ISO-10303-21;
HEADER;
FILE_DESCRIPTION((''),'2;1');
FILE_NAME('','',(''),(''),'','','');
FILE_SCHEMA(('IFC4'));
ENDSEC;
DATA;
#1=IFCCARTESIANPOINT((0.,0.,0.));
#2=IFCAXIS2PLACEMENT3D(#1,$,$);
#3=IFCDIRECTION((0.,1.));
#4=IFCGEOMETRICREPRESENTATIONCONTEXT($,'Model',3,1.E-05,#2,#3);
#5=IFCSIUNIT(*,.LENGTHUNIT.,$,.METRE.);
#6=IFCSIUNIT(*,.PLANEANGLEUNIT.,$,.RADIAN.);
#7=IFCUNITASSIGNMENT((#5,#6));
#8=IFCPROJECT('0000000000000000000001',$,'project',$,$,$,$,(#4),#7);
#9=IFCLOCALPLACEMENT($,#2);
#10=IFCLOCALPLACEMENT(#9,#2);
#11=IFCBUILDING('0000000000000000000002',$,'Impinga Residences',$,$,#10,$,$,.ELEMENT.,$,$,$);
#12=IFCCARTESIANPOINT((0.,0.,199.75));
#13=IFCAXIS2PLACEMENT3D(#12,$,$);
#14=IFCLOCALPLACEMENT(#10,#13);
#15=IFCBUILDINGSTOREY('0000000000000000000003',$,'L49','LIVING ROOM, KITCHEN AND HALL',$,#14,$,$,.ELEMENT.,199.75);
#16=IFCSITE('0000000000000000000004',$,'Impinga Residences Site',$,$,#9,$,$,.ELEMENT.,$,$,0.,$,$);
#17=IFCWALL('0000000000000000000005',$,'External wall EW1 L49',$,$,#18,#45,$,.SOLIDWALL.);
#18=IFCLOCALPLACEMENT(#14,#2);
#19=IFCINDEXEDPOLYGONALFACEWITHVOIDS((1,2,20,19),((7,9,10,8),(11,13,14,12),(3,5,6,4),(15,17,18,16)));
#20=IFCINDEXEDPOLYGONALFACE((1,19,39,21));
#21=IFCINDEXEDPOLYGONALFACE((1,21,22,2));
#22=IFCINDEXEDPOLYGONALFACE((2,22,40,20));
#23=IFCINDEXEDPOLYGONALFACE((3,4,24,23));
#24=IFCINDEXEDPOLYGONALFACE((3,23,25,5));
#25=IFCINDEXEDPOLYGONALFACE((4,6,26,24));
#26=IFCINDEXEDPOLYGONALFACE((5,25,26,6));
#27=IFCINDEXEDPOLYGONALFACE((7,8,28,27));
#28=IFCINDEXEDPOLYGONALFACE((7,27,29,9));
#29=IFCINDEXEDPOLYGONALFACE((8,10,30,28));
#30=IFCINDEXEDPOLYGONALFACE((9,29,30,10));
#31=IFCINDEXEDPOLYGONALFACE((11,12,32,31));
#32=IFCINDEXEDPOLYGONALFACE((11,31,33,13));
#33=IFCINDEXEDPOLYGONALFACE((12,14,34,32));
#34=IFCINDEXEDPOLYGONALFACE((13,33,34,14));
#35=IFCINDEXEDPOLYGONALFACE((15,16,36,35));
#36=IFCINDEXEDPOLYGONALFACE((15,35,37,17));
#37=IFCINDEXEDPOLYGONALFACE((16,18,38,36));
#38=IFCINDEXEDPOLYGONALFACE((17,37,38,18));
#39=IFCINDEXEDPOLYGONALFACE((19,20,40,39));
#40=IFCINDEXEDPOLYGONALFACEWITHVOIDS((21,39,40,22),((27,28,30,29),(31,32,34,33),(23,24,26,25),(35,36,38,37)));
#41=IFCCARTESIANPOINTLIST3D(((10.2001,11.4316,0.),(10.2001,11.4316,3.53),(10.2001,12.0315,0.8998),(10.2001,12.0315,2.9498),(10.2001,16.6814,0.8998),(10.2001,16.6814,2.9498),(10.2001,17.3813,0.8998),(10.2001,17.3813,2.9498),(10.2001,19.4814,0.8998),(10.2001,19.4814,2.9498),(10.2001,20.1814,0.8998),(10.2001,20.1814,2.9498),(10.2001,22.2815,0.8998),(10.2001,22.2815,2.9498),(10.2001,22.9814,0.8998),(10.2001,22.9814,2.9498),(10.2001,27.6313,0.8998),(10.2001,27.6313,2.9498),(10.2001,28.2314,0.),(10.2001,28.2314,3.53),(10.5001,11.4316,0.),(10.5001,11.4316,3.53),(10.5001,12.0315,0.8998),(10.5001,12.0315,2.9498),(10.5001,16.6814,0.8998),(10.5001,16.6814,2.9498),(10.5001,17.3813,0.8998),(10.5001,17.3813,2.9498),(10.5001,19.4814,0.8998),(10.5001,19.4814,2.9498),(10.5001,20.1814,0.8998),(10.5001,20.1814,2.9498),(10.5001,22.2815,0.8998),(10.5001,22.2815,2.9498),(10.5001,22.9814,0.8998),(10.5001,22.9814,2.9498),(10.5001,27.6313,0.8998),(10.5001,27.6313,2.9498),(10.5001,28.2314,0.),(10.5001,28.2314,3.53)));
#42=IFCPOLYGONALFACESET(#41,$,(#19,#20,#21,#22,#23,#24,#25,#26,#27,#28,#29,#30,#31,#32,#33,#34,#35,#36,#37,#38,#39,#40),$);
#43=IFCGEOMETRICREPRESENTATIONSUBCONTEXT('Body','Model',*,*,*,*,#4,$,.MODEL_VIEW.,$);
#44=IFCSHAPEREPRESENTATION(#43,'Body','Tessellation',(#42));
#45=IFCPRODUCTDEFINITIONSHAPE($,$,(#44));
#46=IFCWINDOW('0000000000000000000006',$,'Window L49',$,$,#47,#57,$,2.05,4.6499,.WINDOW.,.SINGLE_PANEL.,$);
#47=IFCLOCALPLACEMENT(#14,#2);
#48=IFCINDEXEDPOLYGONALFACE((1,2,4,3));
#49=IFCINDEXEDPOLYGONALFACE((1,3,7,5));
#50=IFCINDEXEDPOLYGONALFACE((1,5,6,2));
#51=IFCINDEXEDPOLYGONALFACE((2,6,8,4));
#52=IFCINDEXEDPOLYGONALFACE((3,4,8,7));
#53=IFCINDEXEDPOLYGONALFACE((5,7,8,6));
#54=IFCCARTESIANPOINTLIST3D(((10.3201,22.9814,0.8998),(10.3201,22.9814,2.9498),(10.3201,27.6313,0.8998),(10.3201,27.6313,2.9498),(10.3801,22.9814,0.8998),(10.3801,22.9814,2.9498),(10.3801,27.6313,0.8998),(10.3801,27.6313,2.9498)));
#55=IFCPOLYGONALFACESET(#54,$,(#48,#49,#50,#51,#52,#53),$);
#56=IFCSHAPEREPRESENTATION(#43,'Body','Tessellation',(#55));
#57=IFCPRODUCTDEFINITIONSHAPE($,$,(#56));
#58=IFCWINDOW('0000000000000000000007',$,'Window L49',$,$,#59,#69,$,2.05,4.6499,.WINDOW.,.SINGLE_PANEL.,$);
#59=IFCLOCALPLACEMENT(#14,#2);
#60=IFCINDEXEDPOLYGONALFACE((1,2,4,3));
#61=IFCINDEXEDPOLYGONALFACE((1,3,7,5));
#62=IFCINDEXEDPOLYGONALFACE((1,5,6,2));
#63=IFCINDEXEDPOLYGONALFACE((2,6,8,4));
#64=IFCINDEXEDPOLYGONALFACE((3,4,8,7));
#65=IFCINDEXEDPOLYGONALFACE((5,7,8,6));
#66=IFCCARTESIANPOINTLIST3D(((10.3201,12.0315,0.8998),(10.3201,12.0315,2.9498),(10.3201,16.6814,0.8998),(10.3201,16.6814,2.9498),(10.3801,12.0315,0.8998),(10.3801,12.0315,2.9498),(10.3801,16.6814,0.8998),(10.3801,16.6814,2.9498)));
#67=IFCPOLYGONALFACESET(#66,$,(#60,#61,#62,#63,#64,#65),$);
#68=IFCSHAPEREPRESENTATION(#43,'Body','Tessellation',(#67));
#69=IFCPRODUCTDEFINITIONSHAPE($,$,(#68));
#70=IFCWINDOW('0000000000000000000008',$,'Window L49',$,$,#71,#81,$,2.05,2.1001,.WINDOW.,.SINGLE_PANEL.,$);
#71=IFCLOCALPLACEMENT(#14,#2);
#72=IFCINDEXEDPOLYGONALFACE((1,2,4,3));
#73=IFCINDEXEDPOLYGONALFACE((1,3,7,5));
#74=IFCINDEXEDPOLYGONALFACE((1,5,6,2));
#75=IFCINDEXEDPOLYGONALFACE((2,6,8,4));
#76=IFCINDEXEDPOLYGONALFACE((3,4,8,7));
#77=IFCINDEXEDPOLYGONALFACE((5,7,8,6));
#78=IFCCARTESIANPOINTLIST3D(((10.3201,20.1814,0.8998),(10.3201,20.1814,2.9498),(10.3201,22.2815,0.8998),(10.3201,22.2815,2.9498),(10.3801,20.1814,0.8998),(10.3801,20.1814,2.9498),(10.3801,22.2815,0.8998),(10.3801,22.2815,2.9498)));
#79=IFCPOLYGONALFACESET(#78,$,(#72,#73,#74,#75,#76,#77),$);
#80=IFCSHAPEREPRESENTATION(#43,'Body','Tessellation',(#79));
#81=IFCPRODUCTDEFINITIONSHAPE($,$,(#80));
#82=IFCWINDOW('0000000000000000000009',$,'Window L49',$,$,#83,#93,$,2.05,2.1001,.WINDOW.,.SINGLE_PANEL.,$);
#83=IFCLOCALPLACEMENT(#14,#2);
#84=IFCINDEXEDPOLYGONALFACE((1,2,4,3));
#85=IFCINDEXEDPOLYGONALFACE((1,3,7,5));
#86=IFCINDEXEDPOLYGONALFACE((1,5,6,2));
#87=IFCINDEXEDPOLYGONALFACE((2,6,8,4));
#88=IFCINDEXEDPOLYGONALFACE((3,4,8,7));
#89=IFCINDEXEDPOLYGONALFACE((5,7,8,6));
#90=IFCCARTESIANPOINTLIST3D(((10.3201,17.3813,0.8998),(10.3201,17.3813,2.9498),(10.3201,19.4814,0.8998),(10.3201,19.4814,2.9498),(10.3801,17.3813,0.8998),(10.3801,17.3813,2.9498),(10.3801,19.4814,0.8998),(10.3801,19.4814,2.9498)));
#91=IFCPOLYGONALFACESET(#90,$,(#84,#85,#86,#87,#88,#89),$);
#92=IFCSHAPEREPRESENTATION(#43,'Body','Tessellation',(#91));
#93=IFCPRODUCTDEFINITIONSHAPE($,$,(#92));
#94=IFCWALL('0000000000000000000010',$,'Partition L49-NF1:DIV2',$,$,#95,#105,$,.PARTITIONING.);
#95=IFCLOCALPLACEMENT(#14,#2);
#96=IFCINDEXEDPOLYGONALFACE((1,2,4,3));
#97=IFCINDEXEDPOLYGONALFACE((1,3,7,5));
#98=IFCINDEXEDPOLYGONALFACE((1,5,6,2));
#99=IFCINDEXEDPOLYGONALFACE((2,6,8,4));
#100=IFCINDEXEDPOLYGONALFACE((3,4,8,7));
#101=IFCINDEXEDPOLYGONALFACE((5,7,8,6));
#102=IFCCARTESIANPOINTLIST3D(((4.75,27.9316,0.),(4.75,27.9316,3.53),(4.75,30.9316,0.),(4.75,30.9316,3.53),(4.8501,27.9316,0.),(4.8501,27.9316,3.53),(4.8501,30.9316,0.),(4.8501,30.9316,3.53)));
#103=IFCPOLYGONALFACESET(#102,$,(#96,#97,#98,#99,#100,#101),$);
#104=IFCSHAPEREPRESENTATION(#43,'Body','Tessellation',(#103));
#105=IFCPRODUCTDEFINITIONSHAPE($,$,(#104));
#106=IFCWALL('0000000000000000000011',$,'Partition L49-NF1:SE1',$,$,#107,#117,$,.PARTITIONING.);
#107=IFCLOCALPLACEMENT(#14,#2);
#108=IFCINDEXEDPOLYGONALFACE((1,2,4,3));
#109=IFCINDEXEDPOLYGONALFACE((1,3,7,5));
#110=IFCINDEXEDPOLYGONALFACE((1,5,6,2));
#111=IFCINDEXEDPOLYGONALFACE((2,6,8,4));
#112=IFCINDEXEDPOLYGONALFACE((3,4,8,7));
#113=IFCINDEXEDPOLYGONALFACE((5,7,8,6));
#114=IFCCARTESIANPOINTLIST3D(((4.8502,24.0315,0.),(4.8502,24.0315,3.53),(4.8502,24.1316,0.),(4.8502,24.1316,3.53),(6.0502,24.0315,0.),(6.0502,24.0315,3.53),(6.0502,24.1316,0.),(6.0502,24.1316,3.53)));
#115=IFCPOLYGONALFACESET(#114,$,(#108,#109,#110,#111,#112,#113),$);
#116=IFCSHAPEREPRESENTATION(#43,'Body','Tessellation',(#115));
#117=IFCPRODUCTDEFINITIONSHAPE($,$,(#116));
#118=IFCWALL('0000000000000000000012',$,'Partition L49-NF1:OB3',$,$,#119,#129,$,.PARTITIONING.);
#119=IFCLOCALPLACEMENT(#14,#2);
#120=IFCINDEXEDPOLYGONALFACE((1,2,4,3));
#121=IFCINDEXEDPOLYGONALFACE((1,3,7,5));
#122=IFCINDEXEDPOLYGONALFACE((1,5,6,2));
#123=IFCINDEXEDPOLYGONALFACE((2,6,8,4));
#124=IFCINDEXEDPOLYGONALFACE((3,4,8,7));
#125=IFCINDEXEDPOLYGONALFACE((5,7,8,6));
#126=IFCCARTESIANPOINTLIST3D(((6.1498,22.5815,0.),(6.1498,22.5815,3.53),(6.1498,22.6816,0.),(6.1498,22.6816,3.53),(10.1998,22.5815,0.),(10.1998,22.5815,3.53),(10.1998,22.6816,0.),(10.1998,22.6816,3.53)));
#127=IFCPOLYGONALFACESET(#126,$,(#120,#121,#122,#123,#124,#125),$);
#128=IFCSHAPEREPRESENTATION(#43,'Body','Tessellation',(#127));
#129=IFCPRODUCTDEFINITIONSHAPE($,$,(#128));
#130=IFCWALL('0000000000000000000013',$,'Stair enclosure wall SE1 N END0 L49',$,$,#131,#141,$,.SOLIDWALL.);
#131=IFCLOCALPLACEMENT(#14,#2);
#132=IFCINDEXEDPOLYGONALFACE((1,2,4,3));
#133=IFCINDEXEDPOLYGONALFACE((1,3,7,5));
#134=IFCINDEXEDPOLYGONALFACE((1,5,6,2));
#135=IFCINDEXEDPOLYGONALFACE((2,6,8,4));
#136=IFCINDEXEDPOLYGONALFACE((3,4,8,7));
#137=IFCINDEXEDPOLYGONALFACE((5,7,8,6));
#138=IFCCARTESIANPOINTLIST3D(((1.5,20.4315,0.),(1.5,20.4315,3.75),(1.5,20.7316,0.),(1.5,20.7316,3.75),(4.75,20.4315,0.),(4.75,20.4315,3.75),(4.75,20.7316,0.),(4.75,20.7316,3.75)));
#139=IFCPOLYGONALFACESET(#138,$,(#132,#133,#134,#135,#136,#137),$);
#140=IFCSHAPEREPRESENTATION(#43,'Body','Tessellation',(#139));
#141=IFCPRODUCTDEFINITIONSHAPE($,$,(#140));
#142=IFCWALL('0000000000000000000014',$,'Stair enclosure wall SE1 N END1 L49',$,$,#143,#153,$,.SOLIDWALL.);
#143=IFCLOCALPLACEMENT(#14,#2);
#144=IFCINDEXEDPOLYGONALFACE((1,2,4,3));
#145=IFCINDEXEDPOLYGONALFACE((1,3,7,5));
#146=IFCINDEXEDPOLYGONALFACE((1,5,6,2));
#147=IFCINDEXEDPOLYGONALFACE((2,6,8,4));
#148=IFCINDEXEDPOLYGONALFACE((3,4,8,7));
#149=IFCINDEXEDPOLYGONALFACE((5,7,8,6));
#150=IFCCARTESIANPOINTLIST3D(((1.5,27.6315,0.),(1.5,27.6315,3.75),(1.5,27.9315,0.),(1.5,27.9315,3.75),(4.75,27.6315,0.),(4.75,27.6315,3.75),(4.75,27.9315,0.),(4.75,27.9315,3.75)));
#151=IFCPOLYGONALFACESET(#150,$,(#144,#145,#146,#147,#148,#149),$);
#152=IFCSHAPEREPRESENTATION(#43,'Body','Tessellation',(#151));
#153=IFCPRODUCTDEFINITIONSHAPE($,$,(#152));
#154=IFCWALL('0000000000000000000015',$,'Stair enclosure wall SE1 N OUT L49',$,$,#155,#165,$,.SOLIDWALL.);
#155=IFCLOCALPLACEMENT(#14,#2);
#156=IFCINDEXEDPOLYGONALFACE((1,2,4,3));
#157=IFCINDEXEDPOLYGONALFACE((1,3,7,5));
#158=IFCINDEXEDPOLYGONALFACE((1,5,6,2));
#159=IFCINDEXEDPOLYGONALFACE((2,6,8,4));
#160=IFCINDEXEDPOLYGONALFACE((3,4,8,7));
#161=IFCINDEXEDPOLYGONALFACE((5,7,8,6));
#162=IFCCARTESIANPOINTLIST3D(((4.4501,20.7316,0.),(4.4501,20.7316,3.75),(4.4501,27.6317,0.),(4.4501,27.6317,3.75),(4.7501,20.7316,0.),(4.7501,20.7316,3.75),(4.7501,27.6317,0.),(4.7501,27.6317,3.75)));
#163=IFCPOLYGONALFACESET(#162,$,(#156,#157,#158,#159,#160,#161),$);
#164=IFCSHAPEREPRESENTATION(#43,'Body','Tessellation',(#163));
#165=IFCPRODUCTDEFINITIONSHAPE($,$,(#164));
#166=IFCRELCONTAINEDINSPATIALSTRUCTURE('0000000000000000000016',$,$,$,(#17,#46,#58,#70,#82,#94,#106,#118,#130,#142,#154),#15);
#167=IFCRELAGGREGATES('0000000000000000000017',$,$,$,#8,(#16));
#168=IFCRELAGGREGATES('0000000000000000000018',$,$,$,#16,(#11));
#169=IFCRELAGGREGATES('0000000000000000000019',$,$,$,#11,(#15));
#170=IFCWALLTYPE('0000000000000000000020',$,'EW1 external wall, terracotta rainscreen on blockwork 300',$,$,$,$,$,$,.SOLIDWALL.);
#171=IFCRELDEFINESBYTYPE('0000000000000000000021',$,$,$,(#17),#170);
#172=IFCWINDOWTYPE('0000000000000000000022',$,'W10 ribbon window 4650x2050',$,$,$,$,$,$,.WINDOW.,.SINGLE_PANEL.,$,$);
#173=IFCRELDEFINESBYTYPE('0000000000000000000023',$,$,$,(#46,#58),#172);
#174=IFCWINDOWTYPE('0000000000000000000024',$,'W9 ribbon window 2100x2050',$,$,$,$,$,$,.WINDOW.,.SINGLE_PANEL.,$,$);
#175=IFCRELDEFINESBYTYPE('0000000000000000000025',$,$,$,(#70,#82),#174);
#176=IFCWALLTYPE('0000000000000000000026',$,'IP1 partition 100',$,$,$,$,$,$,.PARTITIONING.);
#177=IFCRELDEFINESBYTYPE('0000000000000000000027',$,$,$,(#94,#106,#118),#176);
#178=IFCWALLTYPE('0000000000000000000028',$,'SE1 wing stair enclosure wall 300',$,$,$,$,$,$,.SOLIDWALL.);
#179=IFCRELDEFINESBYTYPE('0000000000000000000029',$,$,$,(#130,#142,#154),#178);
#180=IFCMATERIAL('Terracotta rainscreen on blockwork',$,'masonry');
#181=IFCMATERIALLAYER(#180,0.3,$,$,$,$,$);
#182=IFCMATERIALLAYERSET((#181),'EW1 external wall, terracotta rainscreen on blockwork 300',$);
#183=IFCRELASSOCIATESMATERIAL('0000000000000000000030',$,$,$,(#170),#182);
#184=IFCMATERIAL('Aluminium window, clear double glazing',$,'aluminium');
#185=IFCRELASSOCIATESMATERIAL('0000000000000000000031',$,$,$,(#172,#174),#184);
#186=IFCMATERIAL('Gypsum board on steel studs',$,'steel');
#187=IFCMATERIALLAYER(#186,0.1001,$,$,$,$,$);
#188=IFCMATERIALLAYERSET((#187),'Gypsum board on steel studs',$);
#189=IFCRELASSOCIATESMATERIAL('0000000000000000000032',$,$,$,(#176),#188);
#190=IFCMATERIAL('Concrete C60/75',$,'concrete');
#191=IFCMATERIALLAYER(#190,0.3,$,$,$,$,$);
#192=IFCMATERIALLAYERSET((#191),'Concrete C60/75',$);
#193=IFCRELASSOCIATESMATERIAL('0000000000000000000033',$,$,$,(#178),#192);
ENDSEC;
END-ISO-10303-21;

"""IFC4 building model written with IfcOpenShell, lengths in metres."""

from ifc_helpers import new_model, si_unit, direction, frame, frame_2d, origin, place, context, subcontext, project, spatial, rectangle, extrude, material, layer, layer_set, type_object, element, fill, save


model = new_model("IFC4")

# Units and contexts
model_context = context("Model", 3, precision=1e-05, world=origin(), true_north=direction((0.0, 1.0)))
body_context = subcontext(model_context, "Body", "Model", "MODEL_VIEW")
ifc_project = project(units=[si_unit("LENGTHUNIT", "METRE"), si_unit("PLANEANGLEUNIT", "RADIAN")], contexts=[model_context])

# Site, building, storey
site_placement = place(None, origin())
site = spatial("IfcSite", under=ifc_project, at=site_placement, Name="Impinga Residences Site", CompositionType="ELEMENT", RefElevation=0.0)
building_placement = place(site_placement, origin())
building = spatial("IfcBuilding", under=site, at=building_placement, Name="Impinga Residences", CompositionType="ELEMENT")
storey_placement = place(building_placement, frame((0.0, 0.0, 199.75)))
storey = spatial("IfcBuildingStorey", under=building, at=storey_placement, Name="L49", Description="LIVING ROOM, KITCHEN AND HALL", CompositionType="ELEMENT", Elevation=199.75)

# Shared definitions
ifc_material_1 = material(Name="Concrete C60/75", Category="concrete")

# Shared definitions
ifc_material_2 = material(Name="Terracotta rainscreen on blockwork", Category="masonry")
ifc_layer_1 = layer(ifc_material_2, 0.3)
ifc_layer_set_1 = layer_set([ifc_layer_1], Name="EW1 external wall, terracotta rainscreen on blockwork 300")
wall_type_1 = type_object("IfcWallType", Name="EW1 external wall, terracotta rainscreen on blockwork 300", PredefinedType="SOLIDWALL", material=ifc_layer_set_1)

# Wall, openings, windows
wall_1_placement = place(storey_placement, frame((10.3501, 28.2314, 0.0), z_axis=(0.0, 0.0, 1.0), x_axis=(0.0, -1.0, 0.0)))
wall_1 = element("IfcWall", 1, at=wall_1_placement, inside=storey, type_object=wall_type_1, Name="External wall EW1 L49", PredefinedType="SOLIDWALL", context=body_context, shape_type="SweptSolid", body=[
    extrude(rectangle(XDim=16.7998, YDim=0.3, at=frame_2d((8.3999, 0.0))), origin(), (0.0, 0.0, 1.0), 3.53),
])
opening_1_placement = place(wall_1_placement, frame((0.6001, 0.0, 0.8999)))
opening_1 = element("IfcOpeningElement", 2, at=opening_1_placement, cuts=wall_1, PredefinedType="OPENING", context=body_context, shape_type="SweptSolid", body=[
    extrude(rectangle(XDim=4.6499, YDim=2.05, at=frame_2d((2.325, 1.0249))), frame((0.0, 0.1599, 0.0), z_axis=(0.0, -1.0, 0.0), x_axis=(1.0, 0.0, 0.0)), (0.0, 0.0, 1.0), 0.3201),
])
opening_2_placement = place(wall_1_placement, frame((5.95, 0.0, 0.8999)))
opening_2 = element("IfcOpeningElement", 3, at=opening_2_placement, cuts=wall_1, PredefinedType="OPENING", context=body_context, shape_type="SweptSolid", body=[
    extrude(rectangle(XDim=2.1001, YDim=2.05, at=frame_2d((1.05, 1.0249))), frame((0.0, 0.1599, 0.0), z_axis=(0.0, -1.0, 0.0), x_axis=(1.0, 0.0, 0.0)), (0.0, 0.0, 1.0), 0.3201),
])
opening_3_placement = place(wall_1_placement, frame((8.75, 0.0, 0.8999)))
opening_3 = element("IfcOpeningElement", 4, at=opening_3_placement, cuts=wall_1, PredefinedType="OPENING", context=body_context, shape_type="SweptSolid", body=[
    extrude(rectangle(XDim=2.1001, YDim=2.05, at=frame_2d((1.05, 1.0249))), frame((0.0, 0.1599, 0.0), z_axis=(0.0, -1.0, 0.0), x_axis=(1.0, 0.0, 0.0)), (0.0, 0.0, 1.0), 0.3201),
])
opening_4_placement = place(wall_1_placement, frame((11.55, 0.0, 0.8999)))
opening_4 = element("IfcOpeningElement", 5, at=opening_4_placement, cuts=wall_1, PredefinedType="OPENING", context=body_context, shape_type="SweptSolid", body=[
    extrude(rectangle(XDim=4.6499, YDim=2.05, at=frame_2d((2.325, 1.0249))), frame((0.0, 0.1599, 0.0), z_axis=(0.0, -1.0, 0.0), x_axis=(1.0, 0.0, 0.0)), (0.0, 0.0, 1.0), 0.3201),
])
ifc_material_3 = material(Name="Aluminium window, clear double glazing", Category="aluminium")
window_type_1 = type_object("IfcWindowType", Name="W10 ribbon window 4650x2050", PartitioningType="SINGLE_PANEL", PredefinedType="WINDOW", material=ifc_material_3)
window_1_placement = place(opening_1_placement, origin())
window_1 = element("IfcWindow", 6, at=window_1_placement, inside=storey, type_object=window_type_1, Name="Window L49", OverallHeight=2.05, OverallWidth=4.6499, PartitioningType="SINGLE_PANEL", PredefinedType="WINDOW", context=body_context, shape_type="SweptSolid", body=[
    extrude(rectangle(XDim=4.6499, YDim=2.05, at=frame_2d((2.325, 1.0249))), frame((0.0, 0.03, 0.0), z_axis=(0.0, -1.0, 0.0), x_axis=(1.0, 0.0, 0.0)), (0.0, 0.0, 1.0), 0.0601),
])
fill(opening_1, window_1)
window_2_placement = place(opening_4_placement, origin())
window_2 = element("IfcWindow", 7, at=window_2_placement, inside=storey, type_object=window_type_1, Name="Window L49", OverallHeight=2.05, OverallWidth=4.6499, PartitioningType="SINGLE_PANEL", PredefinedType="WINDOW", context=body_context, shape_type="SweptSolid", body=[
    extrude(rectangle(XDim=4.6499, YDim=2.05, at=frame_2d((2.325, 1.0249))), frame((0.0, 0.03, 0.0), z_axis=(0.0, -1.0, 0.0), x_axis=(1.0, 0.0, 0.0)), (0.0, 0.0, 1.0), 0.0601),
])
fill(opening_4, window_2)
window_type_2 = type_object("IfcWindowType", Name="W9 ribbon window 2100x2050", PartitioningType="SINGLE_PANEL", PredefinedType="WINDOW", material=ifc_material_3)
window_3_placement = place(opening_2_placement, origin())
window_3 = element("IfcWindow", 8, at=window_3_placement, inside=storey, type_object=window_type_2, Name="Window L49", OverallHeight=2.05, OverallWidth=2.1001, PartitioningType="SINGLE_PANEL", PredefinedType="WINDOW", context=body_context, shape_type="SweptSolid", body=[
    extrude(rectangle(XDim=2.1001, YDim=2.05, at=frame_2d((1.05, 1.0249))), frame((0.0, 0.03, 0.0), z_axis=(0.0, -1.0, 0.0), x_axis=(1.0, 0.0, 0.0)), (0.0, 0.0, 1.0), 0.0601),
])
fill(opening_2, window_3)
window_4_placement = place(opening_3_placement, origin())
window_4 = element("IfcWindow", 9, at=window_4_placement, inside=storey, type_object=window_type_2, Name="Window L49", OverallHeight=2.05, OverallWidth=2.1001, PartitioningType="SINGLE_PANEL", PredefinedType="WINDOW", context=body_context, shape_type="SweptSolid", body=[
    extrude(rectangle(XDim=2.1001, YDim=2.05, at=frame_2d((1.05, 1.0249))), frame((0.0, 0.03, 0.0), z_axis=(0.0, -1.0, 0.0), x_axis=(1.0, 0.0, 0.0)), (0.0, 0.0, 1.0), 0.0601),
])
fill(opening_3, window_4)

# Walls
ifc_material_4 = material(Name="Gypsum board on steel studs", Category="steel")
ifc_layer_2 = layer(ifc_material_4, 0.1001)
ifc_layer_set_2 = layer_set([ifc_layer_2], Name="Gypsum board on steel studs")
wall_type_2 = type_object("IfcWallType", Name="IP1 partition 100", PredefinedType="PARTITIONING", material=ifc_layer_set_2)
wall_2_placement = place(storey_placement, frame((4.8, 27.9316, 0.0), z_axis=(0.0, 0.0, 1.0), x_axis=(0.0, 1.0, 0.0)))
element("IfcWall", 10, at=wall_2_placement, inside=storey, type_object=wall_type_2, Name="Partition L49-NF1:DIV2", PredefinedType="PARTITIONING", context=body_context, shape_type="SweptSolid", body=[
    extrude(rectangle(XDim=3.0, YDim=0.1001, at=frame_2d((1.5, 0.0))), origin(), (0.0, 0.0, 1.0), 3.53),
])
wall_3_placement = place(storey_placement, frame((4.8501, 24.0815, 0.0), z_axis=(0.0, 0.0, 1.0), x_axis=(1.0, 0.0, 0.0)))
element("IfcWall", 11, at=wall_3_placement, inside=storey, type_object=wall_type_2, Name="Partition L49-NF1:SE1", PredefinedType="PARTITIONING", context=body_context, shape_type="SweptSolid", body=[
    extrude(rectangle(XDim=1.2, YDim=0.1001, at=frame_2d((0.6001, 0.0))), origin(), (0.0, 0.0, 1.0), 3.53),
])
wall_4_placement = place(storey_placement, frame((6.1499, 22.6316, 0.0), z_axis=(0.0, 0.0, 1.0), x_axis=(1.0, 0.0, 0.0)))
element("IfcWall", 12, at=wall_4_placement, inside=storey, type_object=wall_type_2, Name="Partition L49-NF1:OB3", PredefinedType="PARTITIONING", context=body_context, shape_type="SweptSolid", body=[
    extrude(rectangle(XDim=4.05, YDim=0.1001, at=frame_2d((2.0249, 0.0))), origin(), (0.0, 0.0, 1.0), 3.53),
])
ifc_layer_3 = layer(ifc_material_1, 0.3)
ifc_layer_set_3 = layer_set([ifc_layer_3], Name="Concrete C60/75")
wall_type_3 = type_object("IfcWallType", Name="SE1 wing stair enclosure wall 300", PredefinedType="SOLIDWALL", material=ifc_layer_set_3)
for number, where, z_axis, x_axis, name in (
    (13, (1.5, 20.5815, 0.0), (0.0, 0.0, 1.0), (1.0, 0.0, 0.0), "Stair enclosure wall SE1 N END0 L49"),
    (14, (1.5, 27.7815, 0.0), (0.0, 0.0, 1.0), (1.0, 0.0, 0.0), "Stair enclosure wall SE1 N END1 L49"),
):
    element("IfcWall", number, at=place(storey_placement, frame(where, z_axis=z_axis, x_axis=x_axis)), inside=storey, type_object=wall_type_3, Name=name, PredefinedType="SOLIDWALL", context=body_context, shape_type="SweptSolid", body=[
        extrude(rectangle(XDim=3.25, YDim=0.3, at=frame_2d((1.625, 0.0))), origin(), (0.0, 0.0, 1.0), 3.75),
    ])
wall_5_placement = place(storey_placement, frame((4.6001, 20.7314, 0.0), z_axis=(0.0, 0.0, 1.0), x_axis=(0.0, 1.0, 0.0)))
element("IfcWall", 15, at=wall_5_placement, inside=storey, type_object=wall_type_3, Name="Stair enclosure wall SE1 N OUT L49", PredefinedType="SOLIDWALL", context=body_context, shape_type="SweptSolid", body=[
    extrude(rectangle(XDim=6.9001, YDim=0.3, at=frame_2d((3.4502, 0.0))), origin(), (0.0, 0.0, 1.0), 3.75),
])

save(model, "model.ifc")
